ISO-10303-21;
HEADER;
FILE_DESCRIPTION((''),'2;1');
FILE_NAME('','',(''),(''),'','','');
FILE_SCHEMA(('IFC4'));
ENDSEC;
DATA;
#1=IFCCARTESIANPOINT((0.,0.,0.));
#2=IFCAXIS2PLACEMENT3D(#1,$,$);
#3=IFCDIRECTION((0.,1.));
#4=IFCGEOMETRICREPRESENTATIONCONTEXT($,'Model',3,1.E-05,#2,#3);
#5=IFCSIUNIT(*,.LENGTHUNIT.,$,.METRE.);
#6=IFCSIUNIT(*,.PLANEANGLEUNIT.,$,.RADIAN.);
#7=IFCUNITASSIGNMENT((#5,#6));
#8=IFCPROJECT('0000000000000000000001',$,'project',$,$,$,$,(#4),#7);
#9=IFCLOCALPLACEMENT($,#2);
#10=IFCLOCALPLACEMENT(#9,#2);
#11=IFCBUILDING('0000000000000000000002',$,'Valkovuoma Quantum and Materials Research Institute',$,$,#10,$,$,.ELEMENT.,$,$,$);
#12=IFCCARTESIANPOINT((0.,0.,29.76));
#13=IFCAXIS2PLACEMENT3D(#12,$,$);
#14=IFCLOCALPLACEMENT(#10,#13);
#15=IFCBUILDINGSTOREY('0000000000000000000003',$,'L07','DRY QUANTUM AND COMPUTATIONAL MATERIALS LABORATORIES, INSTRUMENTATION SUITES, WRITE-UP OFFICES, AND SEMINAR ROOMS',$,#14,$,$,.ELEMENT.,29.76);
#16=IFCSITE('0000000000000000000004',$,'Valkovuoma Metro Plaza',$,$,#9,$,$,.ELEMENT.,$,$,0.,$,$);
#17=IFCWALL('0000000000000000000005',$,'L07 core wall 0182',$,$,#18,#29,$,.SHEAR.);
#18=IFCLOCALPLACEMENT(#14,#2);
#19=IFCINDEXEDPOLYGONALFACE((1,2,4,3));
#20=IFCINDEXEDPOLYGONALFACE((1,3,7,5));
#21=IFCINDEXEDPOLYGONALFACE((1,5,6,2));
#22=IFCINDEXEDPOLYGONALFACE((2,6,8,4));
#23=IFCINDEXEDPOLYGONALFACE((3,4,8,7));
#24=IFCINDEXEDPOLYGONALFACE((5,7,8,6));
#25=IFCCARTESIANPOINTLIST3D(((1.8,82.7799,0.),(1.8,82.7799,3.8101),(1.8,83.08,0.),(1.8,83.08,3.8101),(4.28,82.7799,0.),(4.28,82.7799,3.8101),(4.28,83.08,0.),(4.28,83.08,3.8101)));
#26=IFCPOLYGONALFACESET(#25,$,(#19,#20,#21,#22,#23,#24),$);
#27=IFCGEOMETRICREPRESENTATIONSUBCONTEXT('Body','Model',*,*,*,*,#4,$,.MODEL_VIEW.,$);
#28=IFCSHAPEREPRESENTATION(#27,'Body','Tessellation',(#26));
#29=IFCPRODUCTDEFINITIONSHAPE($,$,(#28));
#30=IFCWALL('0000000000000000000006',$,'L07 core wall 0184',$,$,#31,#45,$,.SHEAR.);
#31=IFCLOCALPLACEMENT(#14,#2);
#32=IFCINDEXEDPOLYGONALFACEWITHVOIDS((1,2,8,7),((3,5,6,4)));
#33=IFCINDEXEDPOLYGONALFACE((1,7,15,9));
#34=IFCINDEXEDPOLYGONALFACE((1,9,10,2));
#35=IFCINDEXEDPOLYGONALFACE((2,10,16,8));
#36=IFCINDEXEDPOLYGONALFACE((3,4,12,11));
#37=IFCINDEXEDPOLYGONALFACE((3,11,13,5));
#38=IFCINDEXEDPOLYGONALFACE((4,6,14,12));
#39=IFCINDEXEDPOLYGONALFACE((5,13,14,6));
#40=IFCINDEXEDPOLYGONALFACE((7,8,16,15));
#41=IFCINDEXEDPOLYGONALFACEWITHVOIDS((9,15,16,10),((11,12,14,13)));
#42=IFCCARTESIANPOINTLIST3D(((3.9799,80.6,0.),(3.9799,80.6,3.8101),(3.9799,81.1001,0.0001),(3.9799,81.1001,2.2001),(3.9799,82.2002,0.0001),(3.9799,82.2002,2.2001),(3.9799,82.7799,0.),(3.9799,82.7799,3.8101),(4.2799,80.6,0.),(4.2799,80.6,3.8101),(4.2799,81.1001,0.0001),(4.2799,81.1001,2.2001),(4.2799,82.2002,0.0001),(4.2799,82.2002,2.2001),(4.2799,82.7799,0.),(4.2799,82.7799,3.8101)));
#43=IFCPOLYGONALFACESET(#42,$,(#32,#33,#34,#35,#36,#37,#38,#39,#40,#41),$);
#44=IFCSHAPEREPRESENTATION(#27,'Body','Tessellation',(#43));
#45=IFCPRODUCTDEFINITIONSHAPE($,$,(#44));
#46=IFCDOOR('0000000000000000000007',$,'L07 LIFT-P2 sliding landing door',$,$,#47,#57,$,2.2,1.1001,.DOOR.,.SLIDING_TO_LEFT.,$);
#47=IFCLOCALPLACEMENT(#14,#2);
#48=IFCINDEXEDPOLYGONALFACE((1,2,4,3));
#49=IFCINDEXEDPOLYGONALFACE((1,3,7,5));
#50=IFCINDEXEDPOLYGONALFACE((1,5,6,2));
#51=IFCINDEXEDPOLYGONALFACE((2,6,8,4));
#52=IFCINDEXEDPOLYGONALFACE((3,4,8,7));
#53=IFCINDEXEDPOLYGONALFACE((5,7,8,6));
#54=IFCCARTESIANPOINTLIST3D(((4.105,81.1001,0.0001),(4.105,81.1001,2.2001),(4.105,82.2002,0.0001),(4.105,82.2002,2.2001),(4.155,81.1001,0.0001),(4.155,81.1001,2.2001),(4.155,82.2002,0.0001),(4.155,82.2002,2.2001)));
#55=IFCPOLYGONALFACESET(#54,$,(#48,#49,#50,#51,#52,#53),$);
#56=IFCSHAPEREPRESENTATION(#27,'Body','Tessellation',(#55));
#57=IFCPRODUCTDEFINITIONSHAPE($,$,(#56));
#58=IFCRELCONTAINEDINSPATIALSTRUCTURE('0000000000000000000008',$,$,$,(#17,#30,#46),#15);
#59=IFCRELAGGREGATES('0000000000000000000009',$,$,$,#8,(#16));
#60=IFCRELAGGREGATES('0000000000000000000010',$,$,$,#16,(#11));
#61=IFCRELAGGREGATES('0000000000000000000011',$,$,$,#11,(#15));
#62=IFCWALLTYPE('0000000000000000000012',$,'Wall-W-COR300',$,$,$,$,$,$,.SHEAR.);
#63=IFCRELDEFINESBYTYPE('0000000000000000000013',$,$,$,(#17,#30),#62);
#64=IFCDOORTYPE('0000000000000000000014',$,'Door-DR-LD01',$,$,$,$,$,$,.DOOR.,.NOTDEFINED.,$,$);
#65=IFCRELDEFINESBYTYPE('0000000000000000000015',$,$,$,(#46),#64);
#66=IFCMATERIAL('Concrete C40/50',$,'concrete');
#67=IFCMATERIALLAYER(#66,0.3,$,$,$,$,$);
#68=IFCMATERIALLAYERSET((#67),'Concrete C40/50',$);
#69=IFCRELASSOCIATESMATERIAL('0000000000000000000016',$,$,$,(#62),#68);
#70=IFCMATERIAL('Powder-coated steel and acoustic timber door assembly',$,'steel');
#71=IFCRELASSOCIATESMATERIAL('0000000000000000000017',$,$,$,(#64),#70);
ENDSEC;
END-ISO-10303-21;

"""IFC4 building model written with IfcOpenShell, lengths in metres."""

from ifc_helpers import new_model, si_unit, direction, frame, frame_2d, origin, place, context, subcontext, project, spatial, rectangle, extrude, material, layer, layer_set, type_object, element, fill, save


model = new_model("IFC4")

# Units and contexts
model_context = context("Model", 3, precision=1e-05, world=origin(), true_north=direction((0.0, 1.0)))
body_context = subcontext(model_context, "Body", "Model", "MODEL_VIEW")
ifc_project = project(units=[si_unit("LENGTHUNIT", "METRE"), si_unit("PLANEANGLEUNIT", "RADIAN")], contexts=[model_context])

# Site, building, storey
site_placement = place(None, origin())
site = spatial("IfcSite", under=ifc_project, at=site_placement, Name="Valkovuoma Metro Plaza", CompositionType="ELEMENT", RefElevation=0.0)
building_placement = place(site_placement, origin())
building = spatial("IfcBuilding", under=site, at=building_placement, Name="Valkovuoma Quantum and Materials Research Institute", CompositionType="ELEMENT")
storey_placement = place(building_placement, frame((0.0, 0.0, 29.76)))
storey = spatial("IfcBuildingStorey", under=building, at=storey_placement, Name="L07", Description="DRY QUANTUM AND COMPUTATIONAL MATERIALS LABORATORIES, INSTRUMENTATION SUITES, WRITE-UP OFFICES, AND SEMINAR ROOMS", CompositionType="ELEMENT", Elevation=29.76)

# Wall
ifc_material_1 = material(Name="Concrete C40/50", Category="concrete")
ifc_layer_1 = layer(ifc_material_1, 0.3)
ifc_layer_set_1 = layer_set([ifc_layer_1], Name="Concrete C40/50")
wall_type = type_object("IfcWallType", Name="Wall-W-COR300", PredefinedType="SHEAR", material=ifc_layer_set_1)
wall_1_placement = place(storey_placement, frame((1.8, 82.9299, 0.0), z_axis=(0.0, 0.0, 1.0), x_axis=(1.0, 0.0, 0.0)))
element("IfcWall", 1, at=wall_1_placement, inside=storey, type_object=wall_type, Name="L07 core wall 0182", PredefinedType="SHEAR", context=body_context, shape_type="SweptSolid", body=[
    extrude(rectangle(XDim=2.48, YDim=0.3, at=frame_2d((1.24, 0.0))), origin(), (0.0, 0.0, 1.0), 3.8101),
])

# Wall, opening, door
wall_2_placement = place(storey_placement, frame((4.1299, 80.6001, 0.0), z_axis=(0.0, 0.0, 1.0), x_axis=(0.0, 1.0, 0.0)))
wall_2 = element("IfcWall", 2, at=wall_2_placement, inside=storey, type_object=wall_type, Name="L07 core wall 0184", PredefinedType="SHEAR", context=body_context, shape_type="SweptSolid", body=[
    extrude(rectangle(XDim=2.1799, YDim=0.3, at=frame_2d((1.0898, 0.0))), origin(), (0.0, 0.0, 1.0), 3.8101),
])
opening_placement = place(wall_2_placement, frame((0.5, 0.0, 0.0)))
opening = element("IfcOpeningElement", 3, at=opening_placement, cuts=wall_2, PredefinedType="OPENING", context=body_context, shape_type="SweptSolid", body=[
    extrude(rectangle(XDim=1.1001, YDim=2.2, at=frame_2d((0.55, 1.1001))), frame((0.0, 0.1602, 0.0), z_axis=(0.0, -1.0, 0.0), x_axis=(1.0, 0.0, 0.0)), (0.0, 0.0, 1.0), 0.3201),
])
ifc_material_2 = material(Name="Powder-coated steel and acoustic timber door assembly", Category="steel")
door_type = type_object("IfcDoorType", Name="Door-DR-LD01", OperationType="NOTDEFINED", PredefinedType="DOOR", material=ifc_material_2)
door_placement = place(opening_placement, origin())
door = element("IfcDoor", 4, at=door_placement, inside=storey, type_object=door_type, Name="L07 LIFT-P2 sliding landing door", OperationType="SLIDING_TO_LEFT", OverallHeight=2.2, OverallWidth=1.1001, PredefinedType="DOOR", context=body_context, shape_type="SweptSolid", body=[
    extrude(rectangle(XDim=1.1001, YDim=2.2, at=frame_2d((0.55, 1.1001))), frame((0.0, 0.0249, 0.0), z_axis=(0.0, -1.0, 0.0), x_axis=(1.0, 0.0, 0.0)), (0.0, 0.0, 1.0), 0.05),
])
fill(opening, door)

save(model, "model.ifc")
